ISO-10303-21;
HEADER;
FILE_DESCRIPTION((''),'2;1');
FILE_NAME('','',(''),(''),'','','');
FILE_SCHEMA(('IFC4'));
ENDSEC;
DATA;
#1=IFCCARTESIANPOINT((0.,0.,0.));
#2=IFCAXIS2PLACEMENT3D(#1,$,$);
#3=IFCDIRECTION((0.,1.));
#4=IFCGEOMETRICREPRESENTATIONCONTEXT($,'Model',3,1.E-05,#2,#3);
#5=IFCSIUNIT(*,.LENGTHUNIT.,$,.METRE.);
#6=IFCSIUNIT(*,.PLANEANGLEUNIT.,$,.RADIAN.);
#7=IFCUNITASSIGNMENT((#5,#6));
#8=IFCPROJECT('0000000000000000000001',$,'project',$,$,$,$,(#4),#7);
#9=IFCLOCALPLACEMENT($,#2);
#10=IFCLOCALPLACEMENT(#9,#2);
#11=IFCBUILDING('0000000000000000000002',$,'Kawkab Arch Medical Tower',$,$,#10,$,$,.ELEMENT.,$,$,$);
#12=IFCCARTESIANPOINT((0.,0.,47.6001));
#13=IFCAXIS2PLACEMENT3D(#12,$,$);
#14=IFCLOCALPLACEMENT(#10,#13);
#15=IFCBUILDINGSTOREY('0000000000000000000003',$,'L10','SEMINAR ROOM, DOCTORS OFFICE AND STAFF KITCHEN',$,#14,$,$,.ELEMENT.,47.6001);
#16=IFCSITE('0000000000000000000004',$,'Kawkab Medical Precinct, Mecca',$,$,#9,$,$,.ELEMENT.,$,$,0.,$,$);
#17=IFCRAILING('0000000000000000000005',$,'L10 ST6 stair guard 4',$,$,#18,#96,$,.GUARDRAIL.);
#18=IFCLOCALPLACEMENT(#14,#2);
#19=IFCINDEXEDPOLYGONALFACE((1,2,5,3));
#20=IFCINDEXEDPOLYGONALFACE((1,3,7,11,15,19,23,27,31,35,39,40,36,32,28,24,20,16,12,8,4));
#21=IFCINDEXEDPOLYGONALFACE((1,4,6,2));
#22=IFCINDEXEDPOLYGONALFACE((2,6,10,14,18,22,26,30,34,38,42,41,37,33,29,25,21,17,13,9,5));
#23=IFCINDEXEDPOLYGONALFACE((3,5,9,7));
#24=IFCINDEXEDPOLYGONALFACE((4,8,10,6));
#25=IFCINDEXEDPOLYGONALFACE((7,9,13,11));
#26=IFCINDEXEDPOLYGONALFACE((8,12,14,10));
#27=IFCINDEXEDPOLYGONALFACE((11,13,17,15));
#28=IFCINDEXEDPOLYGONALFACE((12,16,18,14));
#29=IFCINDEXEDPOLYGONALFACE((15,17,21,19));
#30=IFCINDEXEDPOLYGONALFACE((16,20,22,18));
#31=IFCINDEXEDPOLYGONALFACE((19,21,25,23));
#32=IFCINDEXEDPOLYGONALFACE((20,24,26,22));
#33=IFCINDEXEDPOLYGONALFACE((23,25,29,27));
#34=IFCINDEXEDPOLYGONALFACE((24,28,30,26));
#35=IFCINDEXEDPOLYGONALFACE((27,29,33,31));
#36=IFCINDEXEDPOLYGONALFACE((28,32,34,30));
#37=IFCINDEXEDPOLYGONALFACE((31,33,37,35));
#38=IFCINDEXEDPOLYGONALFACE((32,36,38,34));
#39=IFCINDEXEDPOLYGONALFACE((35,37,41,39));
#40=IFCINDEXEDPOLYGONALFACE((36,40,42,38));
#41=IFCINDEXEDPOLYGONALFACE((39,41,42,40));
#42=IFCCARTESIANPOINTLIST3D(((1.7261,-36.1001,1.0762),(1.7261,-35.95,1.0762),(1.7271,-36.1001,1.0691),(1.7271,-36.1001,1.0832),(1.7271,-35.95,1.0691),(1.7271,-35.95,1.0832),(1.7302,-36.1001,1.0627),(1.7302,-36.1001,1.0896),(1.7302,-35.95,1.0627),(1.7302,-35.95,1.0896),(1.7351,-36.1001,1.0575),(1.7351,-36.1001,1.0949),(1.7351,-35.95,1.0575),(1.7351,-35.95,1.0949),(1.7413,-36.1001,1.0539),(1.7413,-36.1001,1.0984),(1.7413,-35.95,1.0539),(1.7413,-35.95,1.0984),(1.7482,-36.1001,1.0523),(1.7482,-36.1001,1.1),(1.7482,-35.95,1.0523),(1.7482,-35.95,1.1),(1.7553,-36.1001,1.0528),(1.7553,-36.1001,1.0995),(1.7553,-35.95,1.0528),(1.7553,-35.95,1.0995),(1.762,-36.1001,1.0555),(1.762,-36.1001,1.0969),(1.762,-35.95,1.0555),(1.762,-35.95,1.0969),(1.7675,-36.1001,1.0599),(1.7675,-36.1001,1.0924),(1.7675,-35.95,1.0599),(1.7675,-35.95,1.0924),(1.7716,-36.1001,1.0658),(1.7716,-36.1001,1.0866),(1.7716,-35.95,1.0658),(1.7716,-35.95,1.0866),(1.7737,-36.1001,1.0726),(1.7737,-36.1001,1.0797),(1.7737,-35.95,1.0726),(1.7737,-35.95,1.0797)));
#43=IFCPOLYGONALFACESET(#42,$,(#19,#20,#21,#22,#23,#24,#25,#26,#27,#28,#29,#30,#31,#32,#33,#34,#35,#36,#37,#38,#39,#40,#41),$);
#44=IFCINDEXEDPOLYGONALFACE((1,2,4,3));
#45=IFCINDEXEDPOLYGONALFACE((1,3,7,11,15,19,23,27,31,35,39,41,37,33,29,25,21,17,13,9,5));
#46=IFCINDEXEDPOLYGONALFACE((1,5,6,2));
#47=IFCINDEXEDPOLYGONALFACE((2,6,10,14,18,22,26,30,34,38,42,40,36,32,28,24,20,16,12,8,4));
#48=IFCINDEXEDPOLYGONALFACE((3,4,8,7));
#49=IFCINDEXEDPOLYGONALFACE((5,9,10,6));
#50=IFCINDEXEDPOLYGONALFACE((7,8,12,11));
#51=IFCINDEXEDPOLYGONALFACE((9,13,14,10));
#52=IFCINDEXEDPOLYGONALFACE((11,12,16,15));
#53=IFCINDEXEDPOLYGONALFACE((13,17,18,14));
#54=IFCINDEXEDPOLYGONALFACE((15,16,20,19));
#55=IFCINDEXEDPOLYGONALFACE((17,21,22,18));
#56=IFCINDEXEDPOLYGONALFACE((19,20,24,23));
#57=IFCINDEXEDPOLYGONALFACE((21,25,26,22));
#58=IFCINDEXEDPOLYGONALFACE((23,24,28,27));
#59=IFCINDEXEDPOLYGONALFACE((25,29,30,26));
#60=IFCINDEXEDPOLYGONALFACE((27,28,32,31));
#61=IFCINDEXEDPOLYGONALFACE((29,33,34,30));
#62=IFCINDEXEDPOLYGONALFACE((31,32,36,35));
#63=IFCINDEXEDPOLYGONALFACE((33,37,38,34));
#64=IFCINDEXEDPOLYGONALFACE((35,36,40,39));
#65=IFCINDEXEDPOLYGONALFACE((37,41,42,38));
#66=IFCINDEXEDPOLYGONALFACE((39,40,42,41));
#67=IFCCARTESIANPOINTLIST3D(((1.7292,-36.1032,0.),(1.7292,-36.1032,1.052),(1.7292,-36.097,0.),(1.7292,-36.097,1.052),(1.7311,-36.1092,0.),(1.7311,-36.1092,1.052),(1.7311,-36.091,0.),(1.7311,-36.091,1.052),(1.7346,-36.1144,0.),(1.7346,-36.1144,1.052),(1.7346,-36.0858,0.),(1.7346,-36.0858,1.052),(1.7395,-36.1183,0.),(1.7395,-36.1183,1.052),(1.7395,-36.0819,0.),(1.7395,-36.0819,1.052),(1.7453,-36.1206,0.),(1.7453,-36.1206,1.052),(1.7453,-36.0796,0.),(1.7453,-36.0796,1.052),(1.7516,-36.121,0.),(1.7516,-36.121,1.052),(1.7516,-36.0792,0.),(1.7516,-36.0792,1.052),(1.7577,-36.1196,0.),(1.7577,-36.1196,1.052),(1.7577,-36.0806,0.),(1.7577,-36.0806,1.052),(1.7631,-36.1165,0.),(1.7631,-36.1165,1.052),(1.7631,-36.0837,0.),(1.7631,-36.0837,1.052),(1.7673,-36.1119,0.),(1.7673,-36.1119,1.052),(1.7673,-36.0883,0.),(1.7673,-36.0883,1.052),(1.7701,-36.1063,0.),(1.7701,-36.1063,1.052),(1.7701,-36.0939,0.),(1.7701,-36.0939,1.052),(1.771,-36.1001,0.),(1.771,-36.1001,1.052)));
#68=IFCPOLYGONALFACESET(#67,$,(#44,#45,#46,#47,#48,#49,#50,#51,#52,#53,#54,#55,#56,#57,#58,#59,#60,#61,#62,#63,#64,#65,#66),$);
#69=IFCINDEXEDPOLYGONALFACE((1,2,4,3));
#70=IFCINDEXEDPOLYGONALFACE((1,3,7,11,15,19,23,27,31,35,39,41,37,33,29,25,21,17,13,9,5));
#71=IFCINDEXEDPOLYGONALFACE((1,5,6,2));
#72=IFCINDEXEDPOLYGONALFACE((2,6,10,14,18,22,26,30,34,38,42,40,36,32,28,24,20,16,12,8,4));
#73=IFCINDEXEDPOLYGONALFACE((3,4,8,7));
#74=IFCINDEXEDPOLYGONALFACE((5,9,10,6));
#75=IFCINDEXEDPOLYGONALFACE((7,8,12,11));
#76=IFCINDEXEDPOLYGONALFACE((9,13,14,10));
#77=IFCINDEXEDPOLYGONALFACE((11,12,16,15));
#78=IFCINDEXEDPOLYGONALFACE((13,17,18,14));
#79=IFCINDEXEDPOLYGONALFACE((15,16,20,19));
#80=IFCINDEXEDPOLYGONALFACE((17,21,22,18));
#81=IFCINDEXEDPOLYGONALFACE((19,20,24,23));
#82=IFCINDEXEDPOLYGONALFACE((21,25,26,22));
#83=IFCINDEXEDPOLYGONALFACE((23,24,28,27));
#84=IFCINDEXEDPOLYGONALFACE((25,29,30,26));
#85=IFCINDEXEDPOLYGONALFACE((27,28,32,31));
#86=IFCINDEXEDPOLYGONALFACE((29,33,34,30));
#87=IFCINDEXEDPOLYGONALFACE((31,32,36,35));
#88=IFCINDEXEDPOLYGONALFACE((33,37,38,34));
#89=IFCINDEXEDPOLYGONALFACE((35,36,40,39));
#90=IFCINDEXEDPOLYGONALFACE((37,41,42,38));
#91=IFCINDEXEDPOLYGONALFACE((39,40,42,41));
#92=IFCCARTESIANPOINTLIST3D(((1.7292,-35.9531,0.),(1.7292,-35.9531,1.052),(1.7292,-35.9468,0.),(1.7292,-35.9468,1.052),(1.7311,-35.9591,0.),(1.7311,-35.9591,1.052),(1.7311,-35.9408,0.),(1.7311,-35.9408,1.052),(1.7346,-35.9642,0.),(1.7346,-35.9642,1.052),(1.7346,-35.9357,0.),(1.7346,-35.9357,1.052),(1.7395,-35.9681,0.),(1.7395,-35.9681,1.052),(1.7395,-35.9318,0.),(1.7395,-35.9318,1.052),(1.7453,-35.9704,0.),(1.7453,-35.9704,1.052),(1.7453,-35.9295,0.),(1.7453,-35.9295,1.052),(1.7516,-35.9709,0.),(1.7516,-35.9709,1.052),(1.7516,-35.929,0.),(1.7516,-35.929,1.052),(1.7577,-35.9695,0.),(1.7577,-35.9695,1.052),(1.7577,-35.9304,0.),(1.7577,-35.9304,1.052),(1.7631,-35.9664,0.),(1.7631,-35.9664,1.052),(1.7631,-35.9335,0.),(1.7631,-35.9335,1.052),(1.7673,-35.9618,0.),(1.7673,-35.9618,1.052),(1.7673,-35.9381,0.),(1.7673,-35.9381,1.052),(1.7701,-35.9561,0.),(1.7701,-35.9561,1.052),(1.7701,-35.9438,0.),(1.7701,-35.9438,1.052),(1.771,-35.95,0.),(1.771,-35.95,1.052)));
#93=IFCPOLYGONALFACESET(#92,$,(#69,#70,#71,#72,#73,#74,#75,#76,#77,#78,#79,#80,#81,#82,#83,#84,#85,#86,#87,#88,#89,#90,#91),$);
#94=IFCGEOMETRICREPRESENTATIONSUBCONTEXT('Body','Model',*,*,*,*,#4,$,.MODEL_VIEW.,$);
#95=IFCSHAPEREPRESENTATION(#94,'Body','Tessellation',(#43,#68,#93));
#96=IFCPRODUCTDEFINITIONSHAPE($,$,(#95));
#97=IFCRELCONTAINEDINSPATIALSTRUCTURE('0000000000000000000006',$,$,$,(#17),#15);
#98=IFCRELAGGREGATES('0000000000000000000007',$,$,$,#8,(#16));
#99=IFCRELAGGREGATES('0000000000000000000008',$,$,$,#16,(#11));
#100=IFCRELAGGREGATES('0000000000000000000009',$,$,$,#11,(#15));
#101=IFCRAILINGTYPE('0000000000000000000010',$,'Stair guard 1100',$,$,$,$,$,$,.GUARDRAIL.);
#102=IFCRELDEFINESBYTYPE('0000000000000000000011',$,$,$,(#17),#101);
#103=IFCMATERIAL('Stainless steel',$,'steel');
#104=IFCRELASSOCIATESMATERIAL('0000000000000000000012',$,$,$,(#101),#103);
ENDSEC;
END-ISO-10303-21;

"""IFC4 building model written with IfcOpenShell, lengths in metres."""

from ifc_helpers import new_model, si_unit, direction, frame, origin, origin_2d, place, context, subcontext, project, spatial, circle, extrude, material, type_object, element, save


model = new_model("IFC4")

# Units and contexts
model_context = context("Model", 3, precision=1e-05, world=origin(), true_north=direction((0.0, 1.0)))
body_context = subcontext(model_context, "Body", "Model", "MODEL_VIEW")
ifc_project = project(units=[si_unit("LENGTHUNIT", "METRE"), si_unit("PLANEANGLEUNIT", "RADIAN")], contexts=[model_context])

# Site, building, storey
site_placement = place(None, origin())
site = spatial("IfcSite", under=ifc_project, at=site_placement, Name="Kawkab Medical Precinct, Mecca", CompositionType="ELEMENT", RefElevation=0.0)
building_placement = place(site_placement, origin())
building = spatial("IfcBuilding", under=site, at=building_placement, Name="Kawkab Arch Medical Tower", CompositionType="ELEMENT")
storey_placement = place(building_placement, frame((0.0, 0.0, 47.6001)))
storey = spatial("IfcBuildingStorey", under=building, at=storey_placement, Name="L10", Description="SEMINAR ROOM, DOCTORS OFFICE AND STAFF KITCHEN", CompositionType="ELEMENT", Elevation=47.6001)

# Railing
ifc_material_1 = material(Name="Stainless steel", Category="steel")
railing_type_1 = type_object("IfcRailingType", Name="Stair guard 1100", PredefinedType="GUARDRAIL", material=ifc_material_1)
railing_1_placement = place(storey_placement, frame((1.75, -36.1001, 0.0)))
element("IfcRailing", 1, at=railing_1_placement, inside=storey, type_object=railing_type_1, Name="L10 ST6 stair guard 4", PredefinedType="GUARDRAIL", context=body_context, shape_type="SweptSolid", body=[
    extrude(circle(Radius=0.0239, at=origin_2d()), frame((0.0, 0.0, 1.0762), z_axis=(0.0, 1.0, 0.0), x_axis=(-1.0, 0.0, 0.0)), (0.0, 0.0, 1.0), 0.1501),
    extrude(circle(Radius=0.021, at=origin_2d()), origin(), (0.0, 0.0, 1.0), 1.052),
    extrude(circle(Radius=0.021, at=origin_2d()), frame((0.0, 0.1501, 0.0)), (0.0, 0.0, 1.0), 1.052),
])

save(model, "model.ifc")
